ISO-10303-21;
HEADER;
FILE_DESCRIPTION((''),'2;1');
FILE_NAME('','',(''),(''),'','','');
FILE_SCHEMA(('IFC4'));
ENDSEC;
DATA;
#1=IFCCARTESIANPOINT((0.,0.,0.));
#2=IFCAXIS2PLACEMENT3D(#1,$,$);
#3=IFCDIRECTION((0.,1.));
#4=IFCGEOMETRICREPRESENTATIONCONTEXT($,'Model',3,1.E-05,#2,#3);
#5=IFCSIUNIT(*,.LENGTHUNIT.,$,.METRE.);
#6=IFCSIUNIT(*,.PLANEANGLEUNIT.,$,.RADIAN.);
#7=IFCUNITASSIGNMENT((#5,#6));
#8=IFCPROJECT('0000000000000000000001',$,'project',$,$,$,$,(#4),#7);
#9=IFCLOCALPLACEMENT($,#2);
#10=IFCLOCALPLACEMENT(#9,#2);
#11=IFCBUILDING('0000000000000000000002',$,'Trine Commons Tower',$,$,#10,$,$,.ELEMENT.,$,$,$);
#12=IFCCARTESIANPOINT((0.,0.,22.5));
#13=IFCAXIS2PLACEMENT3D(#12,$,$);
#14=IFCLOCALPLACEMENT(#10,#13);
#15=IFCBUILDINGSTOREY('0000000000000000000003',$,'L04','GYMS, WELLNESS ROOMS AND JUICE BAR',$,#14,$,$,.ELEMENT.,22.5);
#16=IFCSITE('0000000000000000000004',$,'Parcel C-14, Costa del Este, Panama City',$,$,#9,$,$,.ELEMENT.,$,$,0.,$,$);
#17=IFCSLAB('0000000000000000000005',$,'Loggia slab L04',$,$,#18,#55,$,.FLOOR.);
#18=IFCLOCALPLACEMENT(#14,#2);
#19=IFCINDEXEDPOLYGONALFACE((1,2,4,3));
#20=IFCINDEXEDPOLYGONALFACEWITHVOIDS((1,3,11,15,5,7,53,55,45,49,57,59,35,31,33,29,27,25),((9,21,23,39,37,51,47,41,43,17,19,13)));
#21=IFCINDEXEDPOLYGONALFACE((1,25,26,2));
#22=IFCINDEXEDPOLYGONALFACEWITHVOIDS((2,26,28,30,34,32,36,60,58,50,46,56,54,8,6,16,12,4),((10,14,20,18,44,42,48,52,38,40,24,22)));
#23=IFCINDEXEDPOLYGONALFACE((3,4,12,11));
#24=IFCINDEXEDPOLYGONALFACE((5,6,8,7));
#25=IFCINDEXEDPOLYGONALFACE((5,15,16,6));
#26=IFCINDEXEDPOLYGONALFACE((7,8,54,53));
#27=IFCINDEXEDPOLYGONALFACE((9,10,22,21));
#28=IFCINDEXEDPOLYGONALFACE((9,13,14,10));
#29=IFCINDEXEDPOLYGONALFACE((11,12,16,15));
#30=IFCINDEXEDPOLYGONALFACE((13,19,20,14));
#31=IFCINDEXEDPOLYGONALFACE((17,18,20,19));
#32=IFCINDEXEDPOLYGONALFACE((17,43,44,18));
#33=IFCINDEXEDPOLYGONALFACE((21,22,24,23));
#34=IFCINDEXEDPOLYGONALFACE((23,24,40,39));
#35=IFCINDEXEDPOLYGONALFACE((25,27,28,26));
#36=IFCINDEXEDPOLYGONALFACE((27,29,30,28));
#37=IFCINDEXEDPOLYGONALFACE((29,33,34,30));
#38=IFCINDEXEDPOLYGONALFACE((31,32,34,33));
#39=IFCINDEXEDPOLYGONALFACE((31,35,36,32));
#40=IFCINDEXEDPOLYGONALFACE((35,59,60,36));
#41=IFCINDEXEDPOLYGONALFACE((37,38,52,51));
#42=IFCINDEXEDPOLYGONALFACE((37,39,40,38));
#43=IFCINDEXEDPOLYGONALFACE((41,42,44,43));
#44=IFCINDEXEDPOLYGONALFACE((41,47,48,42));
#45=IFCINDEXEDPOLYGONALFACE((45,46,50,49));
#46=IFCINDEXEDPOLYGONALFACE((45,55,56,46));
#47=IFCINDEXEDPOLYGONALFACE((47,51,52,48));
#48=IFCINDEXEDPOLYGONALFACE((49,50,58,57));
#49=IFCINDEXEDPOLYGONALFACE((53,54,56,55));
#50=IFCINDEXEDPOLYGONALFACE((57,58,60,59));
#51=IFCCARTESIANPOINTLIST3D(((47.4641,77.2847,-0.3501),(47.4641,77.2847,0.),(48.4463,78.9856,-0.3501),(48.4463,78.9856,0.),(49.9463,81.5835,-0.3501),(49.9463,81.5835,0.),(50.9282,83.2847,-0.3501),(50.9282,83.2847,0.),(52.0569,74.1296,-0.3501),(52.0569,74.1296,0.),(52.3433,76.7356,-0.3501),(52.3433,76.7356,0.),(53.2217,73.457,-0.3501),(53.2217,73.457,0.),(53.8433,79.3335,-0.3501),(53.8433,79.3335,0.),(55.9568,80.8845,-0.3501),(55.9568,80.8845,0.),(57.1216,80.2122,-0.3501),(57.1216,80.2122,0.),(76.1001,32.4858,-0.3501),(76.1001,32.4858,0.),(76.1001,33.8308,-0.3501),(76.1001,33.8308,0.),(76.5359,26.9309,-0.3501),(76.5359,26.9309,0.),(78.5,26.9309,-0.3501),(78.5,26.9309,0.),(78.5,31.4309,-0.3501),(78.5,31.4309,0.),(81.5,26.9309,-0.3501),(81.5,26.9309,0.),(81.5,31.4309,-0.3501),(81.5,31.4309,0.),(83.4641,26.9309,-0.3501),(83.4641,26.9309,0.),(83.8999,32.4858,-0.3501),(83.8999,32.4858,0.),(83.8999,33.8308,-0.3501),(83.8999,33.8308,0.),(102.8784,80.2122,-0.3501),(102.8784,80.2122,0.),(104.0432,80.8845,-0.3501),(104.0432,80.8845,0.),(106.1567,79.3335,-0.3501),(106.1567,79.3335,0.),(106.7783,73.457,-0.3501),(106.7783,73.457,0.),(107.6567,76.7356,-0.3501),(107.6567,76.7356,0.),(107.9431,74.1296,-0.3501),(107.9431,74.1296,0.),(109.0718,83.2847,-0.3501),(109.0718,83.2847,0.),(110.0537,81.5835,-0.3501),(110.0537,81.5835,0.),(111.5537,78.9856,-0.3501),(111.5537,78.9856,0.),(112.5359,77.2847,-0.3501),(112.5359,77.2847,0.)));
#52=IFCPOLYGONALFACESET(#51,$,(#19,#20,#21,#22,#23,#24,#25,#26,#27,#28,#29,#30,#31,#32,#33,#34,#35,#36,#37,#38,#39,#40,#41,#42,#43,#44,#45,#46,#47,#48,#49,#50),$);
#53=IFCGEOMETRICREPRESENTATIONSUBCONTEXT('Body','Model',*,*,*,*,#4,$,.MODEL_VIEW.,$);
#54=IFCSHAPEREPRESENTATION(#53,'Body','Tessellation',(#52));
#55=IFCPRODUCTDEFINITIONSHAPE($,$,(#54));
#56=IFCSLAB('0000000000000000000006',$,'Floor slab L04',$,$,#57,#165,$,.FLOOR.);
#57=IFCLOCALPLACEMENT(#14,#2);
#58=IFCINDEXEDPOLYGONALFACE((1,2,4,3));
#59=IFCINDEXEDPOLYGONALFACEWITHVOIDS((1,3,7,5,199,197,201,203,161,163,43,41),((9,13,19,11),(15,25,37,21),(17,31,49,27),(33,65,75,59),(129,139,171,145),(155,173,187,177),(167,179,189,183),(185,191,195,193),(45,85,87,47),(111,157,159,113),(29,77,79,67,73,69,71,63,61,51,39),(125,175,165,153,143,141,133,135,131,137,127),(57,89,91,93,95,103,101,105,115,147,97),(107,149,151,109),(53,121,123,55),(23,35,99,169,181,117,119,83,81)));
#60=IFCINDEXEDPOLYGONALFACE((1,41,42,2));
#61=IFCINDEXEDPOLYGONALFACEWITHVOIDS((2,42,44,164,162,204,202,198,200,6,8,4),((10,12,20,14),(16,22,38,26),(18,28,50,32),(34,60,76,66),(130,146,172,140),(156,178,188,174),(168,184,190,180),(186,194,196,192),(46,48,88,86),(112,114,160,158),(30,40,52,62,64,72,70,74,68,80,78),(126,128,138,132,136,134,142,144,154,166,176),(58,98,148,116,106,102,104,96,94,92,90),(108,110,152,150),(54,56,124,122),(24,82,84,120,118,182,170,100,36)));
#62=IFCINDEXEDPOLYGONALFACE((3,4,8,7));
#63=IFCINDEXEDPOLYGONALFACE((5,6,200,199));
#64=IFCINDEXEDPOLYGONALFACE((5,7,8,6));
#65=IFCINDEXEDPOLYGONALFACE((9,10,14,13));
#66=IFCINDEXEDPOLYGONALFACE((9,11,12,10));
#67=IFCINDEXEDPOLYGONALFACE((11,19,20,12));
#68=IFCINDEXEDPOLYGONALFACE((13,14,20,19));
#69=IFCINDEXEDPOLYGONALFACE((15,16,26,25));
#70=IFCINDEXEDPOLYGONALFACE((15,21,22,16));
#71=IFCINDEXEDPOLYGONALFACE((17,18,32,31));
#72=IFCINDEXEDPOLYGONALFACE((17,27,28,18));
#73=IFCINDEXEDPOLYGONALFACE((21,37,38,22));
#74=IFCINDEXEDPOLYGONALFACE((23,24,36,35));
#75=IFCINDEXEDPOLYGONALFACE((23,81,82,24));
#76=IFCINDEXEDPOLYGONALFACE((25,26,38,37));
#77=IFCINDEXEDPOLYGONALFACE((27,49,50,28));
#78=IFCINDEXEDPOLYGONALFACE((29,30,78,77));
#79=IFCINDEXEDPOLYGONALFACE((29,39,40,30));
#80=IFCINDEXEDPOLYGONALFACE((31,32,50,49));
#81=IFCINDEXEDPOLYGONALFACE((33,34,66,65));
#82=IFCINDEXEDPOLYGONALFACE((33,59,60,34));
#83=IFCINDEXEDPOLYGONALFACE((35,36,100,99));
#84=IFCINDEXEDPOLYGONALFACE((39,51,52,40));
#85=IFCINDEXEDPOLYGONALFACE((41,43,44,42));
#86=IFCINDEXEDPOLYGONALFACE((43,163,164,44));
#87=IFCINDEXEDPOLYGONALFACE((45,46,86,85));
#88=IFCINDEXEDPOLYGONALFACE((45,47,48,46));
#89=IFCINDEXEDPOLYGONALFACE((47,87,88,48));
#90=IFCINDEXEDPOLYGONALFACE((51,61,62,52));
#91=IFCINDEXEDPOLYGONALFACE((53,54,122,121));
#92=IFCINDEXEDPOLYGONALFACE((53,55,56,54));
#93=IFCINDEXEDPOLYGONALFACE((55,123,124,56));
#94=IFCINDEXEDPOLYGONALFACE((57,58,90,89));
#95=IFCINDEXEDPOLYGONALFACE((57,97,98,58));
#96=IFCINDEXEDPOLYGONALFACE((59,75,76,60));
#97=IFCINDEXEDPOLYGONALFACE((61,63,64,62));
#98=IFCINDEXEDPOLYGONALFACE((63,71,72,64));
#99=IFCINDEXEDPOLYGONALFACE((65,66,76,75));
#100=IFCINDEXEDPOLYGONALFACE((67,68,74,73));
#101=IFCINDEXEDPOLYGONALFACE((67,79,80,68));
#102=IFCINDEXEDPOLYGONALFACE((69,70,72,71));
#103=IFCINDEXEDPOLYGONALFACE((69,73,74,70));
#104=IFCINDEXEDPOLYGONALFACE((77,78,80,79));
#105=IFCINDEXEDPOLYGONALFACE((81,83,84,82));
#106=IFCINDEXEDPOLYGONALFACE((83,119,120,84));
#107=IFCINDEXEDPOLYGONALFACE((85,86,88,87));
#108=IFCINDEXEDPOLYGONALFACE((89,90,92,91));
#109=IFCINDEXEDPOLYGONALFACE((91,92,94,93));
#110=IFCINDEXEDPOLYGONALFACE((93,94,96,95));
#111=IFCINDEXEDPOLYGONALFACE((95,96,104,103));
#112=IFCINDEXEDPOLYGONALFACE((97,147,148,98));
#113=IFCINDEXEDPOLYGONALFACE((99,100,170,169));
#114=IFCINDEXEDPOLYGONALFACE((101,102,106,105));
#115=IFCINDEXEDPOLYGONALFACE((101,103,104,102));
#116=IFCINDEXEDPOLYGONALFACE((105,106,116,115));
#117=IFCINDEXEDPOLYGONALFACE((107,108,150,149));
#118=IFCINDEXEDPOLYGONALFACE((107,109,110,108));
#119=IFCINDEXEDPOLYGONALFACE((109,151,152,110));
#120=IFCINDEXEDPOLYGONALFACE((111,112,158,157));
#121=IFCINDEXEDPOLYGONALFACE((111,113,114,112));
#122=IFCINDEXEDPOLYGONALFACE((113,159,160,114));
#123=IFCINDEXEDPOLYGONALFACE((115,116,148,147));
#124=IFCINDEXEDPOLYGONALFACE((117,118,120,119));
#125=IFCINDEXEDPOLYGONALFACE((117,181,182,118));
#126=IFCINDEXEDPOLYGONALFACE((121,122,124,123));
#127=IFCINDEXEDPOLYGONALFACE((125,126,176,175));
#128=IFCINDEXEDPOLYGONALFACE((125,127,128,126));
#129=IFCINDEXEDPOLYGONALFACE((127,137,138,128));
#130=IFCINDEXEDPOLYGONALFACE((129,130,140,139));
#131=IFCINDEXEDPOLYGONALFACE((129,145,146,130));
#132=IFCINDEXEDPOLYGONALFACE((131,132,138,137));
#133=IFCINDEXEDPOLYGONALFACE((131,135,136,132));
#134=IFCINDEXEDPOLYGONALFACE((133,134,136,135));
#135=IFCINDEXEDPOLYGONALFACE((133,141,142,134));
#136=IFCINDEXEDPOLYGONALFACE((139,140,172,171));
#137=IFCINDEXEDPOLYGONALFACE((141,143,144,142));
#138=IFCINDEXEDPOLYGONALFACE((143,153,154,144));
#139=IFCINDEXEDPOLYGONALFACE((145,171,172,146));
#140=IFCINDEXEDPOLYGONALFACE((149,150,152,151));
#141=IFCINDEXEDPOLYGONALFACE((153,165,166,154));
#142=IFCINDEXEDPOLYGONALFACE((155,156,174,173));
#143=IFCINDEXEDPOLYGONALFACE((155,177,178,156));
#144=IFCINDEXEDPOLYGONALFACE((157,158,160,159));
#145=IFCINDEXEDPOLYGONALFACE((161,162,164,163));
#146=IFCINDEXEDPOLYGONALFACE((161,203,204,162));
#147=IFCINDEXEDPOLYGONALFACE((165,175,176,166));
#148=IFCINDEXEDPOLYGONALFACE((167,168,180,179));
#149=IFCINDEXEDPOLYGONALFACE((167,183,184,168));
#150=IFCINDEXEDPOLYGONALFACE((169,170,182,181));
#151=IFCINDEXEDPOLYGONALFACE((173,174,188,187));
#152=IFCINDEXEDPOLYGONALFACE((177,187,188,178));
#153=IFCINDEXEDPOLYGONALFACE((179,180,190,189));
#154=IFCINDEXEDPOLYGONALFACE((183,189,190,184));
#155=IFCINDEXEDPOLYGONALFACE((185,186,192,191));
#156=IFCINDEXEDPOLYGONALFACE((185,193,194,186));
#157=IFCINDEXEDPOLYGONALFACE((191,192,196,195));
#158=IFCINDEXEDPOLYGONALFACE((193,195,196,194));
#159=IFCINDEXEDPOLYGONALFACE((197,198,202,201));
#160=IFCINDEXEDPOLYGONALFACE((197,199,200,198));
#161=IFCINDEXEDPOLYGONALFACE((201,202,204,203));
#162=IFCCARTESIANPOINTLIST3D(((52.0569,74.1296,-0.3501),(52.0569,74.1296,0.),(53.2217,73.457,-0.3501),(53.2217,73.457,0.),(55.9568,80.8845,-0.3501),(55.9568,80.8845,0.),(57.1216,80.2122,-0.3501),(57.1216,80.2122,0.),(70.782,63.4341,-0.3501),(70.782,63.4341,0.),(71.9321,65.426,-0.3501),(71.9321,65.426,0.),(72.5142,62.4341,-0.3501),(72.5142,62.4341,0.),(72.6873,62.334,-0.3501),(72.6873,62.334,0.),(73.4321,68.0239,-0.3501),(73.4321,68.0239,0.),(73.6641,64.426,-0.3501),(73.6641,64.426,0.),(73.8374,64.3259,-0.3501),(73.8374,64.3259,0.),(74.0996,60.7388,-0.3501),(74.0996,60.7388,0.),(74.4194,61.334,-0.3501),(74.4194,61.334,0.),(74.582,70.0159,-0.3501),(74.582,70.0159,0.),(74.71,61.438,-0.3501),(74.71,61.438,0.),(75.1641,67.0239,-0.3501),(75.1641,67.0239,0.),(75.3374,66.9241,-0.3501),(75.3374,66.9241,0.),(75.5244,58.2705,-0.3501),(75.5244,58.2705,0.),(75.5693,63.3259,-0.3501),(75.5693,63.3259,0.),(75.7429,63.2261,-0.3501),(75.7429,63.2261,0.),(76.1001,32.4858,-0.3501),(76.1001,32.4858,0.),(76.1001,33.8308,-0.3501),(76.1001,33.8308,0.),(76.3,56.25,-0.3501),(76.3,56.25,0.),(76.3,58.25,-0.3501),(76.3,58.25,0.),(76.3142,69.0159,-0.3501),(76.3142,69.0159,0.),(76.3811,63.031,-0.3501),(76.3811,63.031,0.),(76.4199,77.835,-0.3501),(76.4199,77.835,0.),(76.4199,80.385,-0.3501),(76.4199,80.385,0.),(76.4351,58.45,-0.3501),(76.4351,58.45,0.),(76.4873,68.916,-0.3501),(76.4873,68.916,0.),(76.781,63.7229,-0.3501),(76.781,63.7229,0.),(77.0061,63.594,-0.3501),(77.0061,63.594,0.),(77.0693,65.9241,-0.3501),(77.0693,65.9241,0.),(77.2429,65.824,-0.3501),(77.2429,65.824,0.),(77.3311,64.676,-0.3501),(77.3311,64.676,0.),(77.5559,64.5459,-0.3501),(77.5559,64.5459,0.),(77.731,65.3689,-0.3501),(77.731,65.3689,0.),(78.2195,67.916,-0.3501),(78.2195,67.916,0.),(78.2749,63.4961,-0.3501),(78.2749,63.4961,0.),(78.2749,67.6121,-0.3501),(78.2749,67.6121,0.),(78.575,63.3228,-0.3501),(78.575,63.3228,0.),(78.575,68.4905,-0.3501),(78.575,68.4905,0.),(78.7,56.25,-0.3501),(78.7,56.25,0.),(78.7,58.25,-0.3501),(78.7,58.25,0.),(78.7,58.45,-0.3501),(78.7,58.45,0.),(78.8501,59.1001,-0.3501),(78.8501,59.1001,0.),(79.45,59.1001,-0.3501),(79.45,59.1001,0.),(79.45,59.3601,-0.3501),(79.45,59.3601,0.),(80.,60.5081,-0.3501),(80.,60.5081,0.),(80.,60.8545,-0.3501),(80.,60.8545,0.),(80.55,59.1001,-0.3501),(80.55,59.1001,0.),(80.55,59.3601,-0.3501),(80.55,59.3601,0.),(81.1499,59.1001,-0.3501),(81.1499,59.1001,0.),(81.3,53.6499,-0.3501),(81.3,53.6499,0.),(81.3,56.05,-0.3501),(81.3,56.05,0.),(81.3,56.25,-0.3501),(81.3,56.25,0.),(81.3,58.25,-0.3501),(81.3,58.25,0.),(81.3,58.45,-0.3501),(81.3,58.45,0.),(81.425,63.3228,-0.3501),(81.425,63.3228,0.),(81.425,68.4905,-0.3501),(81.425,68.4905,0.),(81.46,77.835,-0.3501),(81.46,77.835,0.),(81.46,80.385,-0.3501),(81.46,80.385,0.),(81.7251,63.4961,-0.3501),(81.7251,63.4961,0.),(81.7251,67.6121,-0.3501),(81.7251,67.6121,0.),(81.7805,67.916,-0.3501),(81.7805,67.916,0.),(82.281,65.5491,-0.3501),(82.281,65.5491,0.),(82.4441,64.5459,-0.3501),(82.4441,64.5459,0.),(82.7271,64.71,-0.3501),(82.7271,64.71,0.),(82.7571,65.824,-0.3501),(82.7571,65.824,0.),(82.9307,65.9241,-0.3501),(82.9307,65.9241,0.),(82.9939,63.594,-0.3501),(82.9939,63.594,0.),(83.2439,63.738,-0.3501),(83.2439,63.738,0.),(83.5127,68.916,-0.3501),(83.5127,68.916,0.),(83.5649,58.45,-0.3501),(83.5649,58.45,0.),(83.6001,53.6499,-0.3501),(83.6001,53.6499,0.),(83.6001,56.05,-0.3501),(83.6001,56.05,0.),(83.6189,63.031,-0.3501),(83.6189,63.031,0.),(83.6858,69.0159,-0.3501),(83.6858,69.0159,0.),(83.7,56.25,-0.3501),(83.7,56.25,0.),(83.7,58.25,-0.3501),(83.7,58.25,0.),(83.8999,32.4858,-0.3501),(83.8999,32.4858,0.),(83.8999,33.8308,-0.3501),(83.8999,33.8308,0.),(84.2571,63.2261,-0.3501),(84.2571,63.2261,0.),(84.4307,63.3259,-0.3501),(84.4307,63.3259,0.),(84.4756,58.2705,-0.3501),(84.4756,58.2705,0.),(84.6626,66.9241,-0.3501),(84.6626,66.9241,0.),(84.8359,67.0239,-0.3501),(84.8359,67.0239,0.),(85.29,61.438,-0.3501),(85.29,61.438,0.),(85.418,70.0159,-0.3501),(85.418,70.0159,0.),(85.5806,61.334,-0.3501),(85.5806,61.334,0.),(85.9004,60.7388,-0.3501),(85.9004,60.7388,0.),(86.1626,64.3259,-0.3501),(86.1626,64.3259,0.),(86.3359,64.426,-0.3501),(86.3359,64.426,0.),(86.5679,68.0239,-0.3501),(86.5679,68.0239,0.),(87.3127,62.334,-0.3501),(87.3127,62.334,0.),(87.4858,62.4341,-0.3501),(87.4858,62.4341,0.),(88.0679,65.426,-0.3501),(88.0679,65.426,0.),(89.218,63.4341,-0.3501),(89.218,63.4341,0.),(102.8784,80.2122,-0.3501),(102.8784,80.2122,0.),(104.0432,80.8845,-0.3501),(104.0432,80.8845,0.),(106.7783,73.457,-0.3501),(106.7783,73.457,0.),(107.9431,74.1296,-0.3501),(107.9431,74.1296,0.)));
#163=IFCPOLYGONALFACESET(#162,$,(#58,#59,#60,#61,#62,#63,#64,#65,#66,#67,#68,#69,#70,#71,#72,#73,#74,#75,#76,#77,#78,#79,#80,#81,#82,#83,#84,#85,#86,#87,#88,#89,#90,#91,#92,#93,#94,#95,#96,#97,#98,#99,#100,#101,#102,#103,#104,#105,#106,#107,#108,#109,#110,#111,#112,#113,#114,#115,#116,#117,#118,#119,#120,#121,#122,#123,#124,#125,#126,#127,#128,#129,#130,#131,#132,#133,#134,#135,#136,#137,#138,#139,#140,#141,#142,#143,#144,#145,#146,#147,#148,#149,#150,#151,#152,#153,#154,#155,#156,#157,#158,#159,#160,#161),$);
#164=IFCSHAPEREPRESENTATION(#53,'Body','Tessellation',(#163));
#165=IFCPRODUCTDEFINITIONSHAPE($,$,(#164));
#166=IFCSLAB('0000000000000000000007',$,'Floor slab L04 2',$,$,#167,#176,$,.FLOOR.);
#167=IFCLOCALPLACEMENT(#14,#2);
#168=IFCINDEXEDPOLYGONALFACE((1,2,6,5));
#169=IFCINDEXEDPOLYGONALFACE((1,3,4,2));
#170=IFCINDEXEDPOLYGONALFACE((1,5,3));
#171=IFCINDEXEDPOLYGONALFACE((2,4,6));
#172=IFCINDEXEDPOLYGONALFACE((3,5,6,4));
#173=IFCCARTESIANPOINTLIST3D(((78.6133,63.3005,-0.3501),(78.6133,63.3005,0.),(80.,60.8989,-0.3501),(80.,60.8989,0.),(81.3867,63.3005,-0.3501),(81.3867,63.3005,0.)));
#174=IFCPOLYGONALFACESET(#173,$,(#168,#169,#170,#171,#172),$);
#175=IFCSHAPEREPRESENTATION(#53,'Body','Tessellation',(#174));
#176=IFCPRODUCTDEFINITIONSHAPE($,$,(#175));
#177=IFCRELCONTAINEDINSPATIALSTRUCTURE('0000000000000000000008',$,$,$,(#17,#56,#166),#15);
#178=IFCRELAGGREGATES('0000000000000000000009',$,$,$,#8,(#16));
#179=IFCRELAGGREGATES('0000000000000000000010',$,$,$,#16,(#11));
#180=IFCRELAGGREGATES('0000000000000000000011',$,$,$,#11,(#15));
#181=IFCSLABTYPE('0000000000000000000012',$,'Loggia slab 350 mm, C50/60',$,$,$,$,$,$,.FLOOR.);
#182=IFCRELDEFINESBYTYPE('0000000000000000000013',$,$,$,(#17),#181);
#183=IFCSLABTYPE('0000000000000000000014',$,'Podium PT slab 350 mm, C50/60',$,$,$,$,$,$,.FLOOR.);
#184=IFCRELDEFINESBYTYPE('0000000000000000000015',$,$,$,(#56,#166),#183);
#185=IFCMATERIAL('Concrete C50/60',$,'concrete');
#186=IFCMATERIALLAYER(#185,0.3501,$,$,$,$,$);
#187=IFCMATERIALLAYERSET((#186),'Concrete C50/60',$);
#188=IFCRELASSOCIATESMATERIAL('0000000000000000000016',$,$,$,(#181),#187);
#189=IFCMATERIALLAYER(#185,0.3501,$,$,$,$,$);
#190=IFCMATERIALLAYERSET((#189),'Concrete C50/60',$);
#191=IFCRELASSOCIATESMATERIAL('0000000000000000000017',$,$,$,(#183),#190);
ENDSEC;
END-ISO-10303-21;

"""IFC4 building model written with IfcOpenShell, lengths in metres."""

from ifc_helpers import new_model, si_unit, direction, frame, origin, place, context, subcontext, project, spatial, polyline, outline, extrude, material, layer, layer_set, type_object, element, save


model = new_model("IFC4")

# Units and contexts
model_context = context("Model", 3, precision=1e-05, world=origin(), true_north=direction((0.0, 1.0)))
body_context = subcontext(model_context, "Body", "Model", "MODEL_VIEW")
ifc_project = project(units=[si_unit("LENGTHUNIT", "METRE"), si_unit("PLANEANGLEUNIT", "RADIAN")], contexts=[model_context])

# Site, building, storey
site_placement = place(None, origin())
site = spatial("IfcSite", under=ifc_project, at=site_placement, Name="Parcel C-14, Costa del Este, Panama City", CompositionType="ELEMENT", RefElevation=0.0)
building_placement = place(site_placement, origin())
building = spatial("IfcBuilding", under=site, at=building_placement, Name="Trine Commons Tower", CompositionType="ELEMENT")
storey_placement = place(building_placement, frame((0.0, 0.0, 22.5)))
storey = spatial("IfcBuildingStorey", under=building, at=storey_placement, Name="L04", Description="GYMS, WELLNESS ROOMS AND JUICE BAR", CompositionType="ELEMENT", Elevation=22.5)

# Slabs
ifc_material_1 = material(Name="Concrete C50/60", Category="concrete")
ifc_layer_1 = layer(ifc_material_1, 0.3501)
ifc_layer_set_1 = layer_set([ifc_layer_1], Name="Concrete C50/60")
slab_type_1 = type_object("IfcSlabType", Name="Loggia slab 350 mm, C50/60", PredefinedType="FLOOR", material=ifc_layer_set_1)
slab_1_placement = place(storey_placement, frame((0.0, 0.0, -0.3501)))
element("IfcSlab", 1, at=slab_1_placement, inside=storey, type_object=slab_type_1, Name="Loggia slab L04", PredefinedType="FLOOR", context=body_context, shape_type="SweptSolid", body=[
    extrude(outline(polyline([(83.4641, 26.9309), (112.5359, 77.2847), (111.5537, 78.9856), (107.6567, 76.7356), (106.1567, 79.3335), (110.0537, 81.5835), (109.0718, 83.2847), (50.9282, 83.2847), (49.9463, 81.5835), (53.8433, 79.3335), (52.3433, 76.7356), (48.4463, 78.9856), (47.4641, 77.2847), (76.5359, 26.9309), (78.5, 26.9309), (78.5, 31.4309), (81.5, 31.4309), (81.5, 26.9309), (83.4641, 26.9309)]), holes=[polyline([(76.1001, 32.4858), (76.1001, 33.8308), (83.8999, 33.8308), (83.8999, 32.4858), (107.9431, 74.1296), (106.7783, 73.457), (102.8784, 80.2122), (104.0432, 80.8845), (55.9568, 80.8845), (57.1216, 80.2122), (53.2217, 73.457), (52.0569, 74.1296), (76.1001, 32.4858)])]), origin(), (0.0, 0.0, 1.0), 0.3501),
])
ifc_layer_2 = layer(ifc_material_1, 0.3501)
ifc_layer_set_2 = layer_set([ifc_layer_2], Name="Concrete C50/60")
slab_type_2 = type_object("IfcSlabType", Name="Podium PT slab 350 mm, C50/60", PredefinedType="FLOOR", material=ifc_layer_set_2)
slab_2_placement = place(storey_placement, frame((0.0, 0.0, -0.3501)))
element("IfcSlab", 2, at=slab_2_placement, inside=storey, type_object=slab_type_2, Name="Floor slab L04", PredefinedType="FLOOR", context=body_context, shape_type="SweptSolid", body=[
    extrude(outline(polyline([(52.0569, 74.1296), (76.1001, 32.4858), (76.1001, 33.8308), (83.8999, 33.8308), (83.8999, 32.4858), (107.9431, 74.1296), (106.7783, 73.457), (102.8784, 80.2122), (104.0432, 80.8845), (55.9568, 80.8845), (57.1216, 80.2122), (53.2217, 73.457), (52.0569, 74.1296)]), holes=[polyline([(76.3, 56.25), (78.7, 56.25), (78.7, 58.25), (76.3, 58.25), (76.3, 56.25)]), polyline([(80.0, 60.8545), (84.4756, 58.2705), (85.9004, 60.7388), (81.425, 63.3228), (81.425, 68.4905), (78.575, 68.4905), (78.575, 63.3228), (74.0996, 60.7388), (75.5244, 58.2705), (80.0, 60.8545)]), polyline([(73.8374, 64.3259), (72.6873, 62.334), (74.4194, 61.334), (75.5693, 63.3259), (73.8374, 64.3259)]), polyline([(71.9321, 65.426), (70.782, 63.4341), (72.5142, 62.4341), (73.6641, 64.426), (71.9321, 65.426)]), polyline([(76.781, 63.7229), (76.3811, 63.031), (75.7429, 63.2261), (74.71, 61.438), (78.2749, 63.4961), (78.2749, 67.6121), (77.2429, 65.824), (77.731, 65.3689), (77.3311, 64.676), (77.5559, 64.5459), (77.0061, 63.594), (76.781, 63.7229)]), polyline([(76.4873, 68.916), (75.3374, 66.9241), (77.0693, 65.9241), (78.2195, 67.916), (76.4873, 68.916)]), polyline([(76.3142, 69.0159), (74.582, 70.0159), (73.4321, 68.0239), (75.1641, 67.0239), (76.3142, 69.0159)]), polyline([(76.4199, 77.835), (81.46, 77.835), (81.46, 80.385), (76.4199, 80.385), (76.4199, 77.835)]), polyline([(81.3, 53.6499), (83.6001, 53.6499), (83.6001, 56.05), (81.3, 56.05), (81.3, 53.6499)]), polyline([(81.3, 56.25), (83.7, 56.25), (83.7, 58.25), (81.3, 58.25), (81.3, 56.25)]), polyline([(81.1499, 59.1001), (81.3, 58.45), (83.5649, 58.45), (80.0, 60.5081), (76.4351, 58.45), (78.7, 58.45), (78.8501, 59.1001), (79.45, 59.1001), (79.45, 59.3601), (80.55, 59.3601), (80.55, 59.1001), (81.1499, 59.1001)]), polyline([(87.3127, 62.334), (86.1626, 64.3259), (84.4307, 63.3259), (85.5806, 61.334), (87.3127, 62.334)]), polyline([(89.218, 63.4341), (88.0679, 65.426), (86.3359, 64.426), (87.4858, 62.4341), (89.218, 63.4341)]), polyline([(83.2439, 63.738), (82.9939, 63.594), (82.4441, 64.5459), (82.7271, 64.71), (82.281, 65.5491), (82.7571, 65.824), (81.7251, 67.6121), (81.7251, 63.4961), (85.29, 61.438), (84.2571, 63.2261), (83.6189, 63.031), (83.2439, 63.738)]), polyline([(82.9307, 65.9241), (84.6626, 66.9241), (83.5127, 68.916), (81.7805, 67.916), (82.9307, 65.9241)]), polyline([(84.8359, 67.0239), (86.5679, 68.0239), (85.418, 70.0159), (83.6858, 69.0159), (84.8359, 67.0239)])]), origin(), (0.0, 0.0, 1.0), 0.3501),
])
slab_3_placement = place(storey_placement, frame((0.0, 0.0, -0.3501)))
element("IfcSlab", 3, at=slab_3_placement, inside=storey, type_object=slab_type_2, Name="Floor slab L04 2", PredefinedType="FLOOR", context=body_context, shape_type="SweptSolid", body=[
    extrude(outline(polyline([(78.6133, 63.3005), (80.0, 60.8989), (81.3867, 63.3005), (78.6133, 63.3005)])), origin(), (0.0, 0.0, 1.0), 0.3501),
])

save(model, "model.ifc")
